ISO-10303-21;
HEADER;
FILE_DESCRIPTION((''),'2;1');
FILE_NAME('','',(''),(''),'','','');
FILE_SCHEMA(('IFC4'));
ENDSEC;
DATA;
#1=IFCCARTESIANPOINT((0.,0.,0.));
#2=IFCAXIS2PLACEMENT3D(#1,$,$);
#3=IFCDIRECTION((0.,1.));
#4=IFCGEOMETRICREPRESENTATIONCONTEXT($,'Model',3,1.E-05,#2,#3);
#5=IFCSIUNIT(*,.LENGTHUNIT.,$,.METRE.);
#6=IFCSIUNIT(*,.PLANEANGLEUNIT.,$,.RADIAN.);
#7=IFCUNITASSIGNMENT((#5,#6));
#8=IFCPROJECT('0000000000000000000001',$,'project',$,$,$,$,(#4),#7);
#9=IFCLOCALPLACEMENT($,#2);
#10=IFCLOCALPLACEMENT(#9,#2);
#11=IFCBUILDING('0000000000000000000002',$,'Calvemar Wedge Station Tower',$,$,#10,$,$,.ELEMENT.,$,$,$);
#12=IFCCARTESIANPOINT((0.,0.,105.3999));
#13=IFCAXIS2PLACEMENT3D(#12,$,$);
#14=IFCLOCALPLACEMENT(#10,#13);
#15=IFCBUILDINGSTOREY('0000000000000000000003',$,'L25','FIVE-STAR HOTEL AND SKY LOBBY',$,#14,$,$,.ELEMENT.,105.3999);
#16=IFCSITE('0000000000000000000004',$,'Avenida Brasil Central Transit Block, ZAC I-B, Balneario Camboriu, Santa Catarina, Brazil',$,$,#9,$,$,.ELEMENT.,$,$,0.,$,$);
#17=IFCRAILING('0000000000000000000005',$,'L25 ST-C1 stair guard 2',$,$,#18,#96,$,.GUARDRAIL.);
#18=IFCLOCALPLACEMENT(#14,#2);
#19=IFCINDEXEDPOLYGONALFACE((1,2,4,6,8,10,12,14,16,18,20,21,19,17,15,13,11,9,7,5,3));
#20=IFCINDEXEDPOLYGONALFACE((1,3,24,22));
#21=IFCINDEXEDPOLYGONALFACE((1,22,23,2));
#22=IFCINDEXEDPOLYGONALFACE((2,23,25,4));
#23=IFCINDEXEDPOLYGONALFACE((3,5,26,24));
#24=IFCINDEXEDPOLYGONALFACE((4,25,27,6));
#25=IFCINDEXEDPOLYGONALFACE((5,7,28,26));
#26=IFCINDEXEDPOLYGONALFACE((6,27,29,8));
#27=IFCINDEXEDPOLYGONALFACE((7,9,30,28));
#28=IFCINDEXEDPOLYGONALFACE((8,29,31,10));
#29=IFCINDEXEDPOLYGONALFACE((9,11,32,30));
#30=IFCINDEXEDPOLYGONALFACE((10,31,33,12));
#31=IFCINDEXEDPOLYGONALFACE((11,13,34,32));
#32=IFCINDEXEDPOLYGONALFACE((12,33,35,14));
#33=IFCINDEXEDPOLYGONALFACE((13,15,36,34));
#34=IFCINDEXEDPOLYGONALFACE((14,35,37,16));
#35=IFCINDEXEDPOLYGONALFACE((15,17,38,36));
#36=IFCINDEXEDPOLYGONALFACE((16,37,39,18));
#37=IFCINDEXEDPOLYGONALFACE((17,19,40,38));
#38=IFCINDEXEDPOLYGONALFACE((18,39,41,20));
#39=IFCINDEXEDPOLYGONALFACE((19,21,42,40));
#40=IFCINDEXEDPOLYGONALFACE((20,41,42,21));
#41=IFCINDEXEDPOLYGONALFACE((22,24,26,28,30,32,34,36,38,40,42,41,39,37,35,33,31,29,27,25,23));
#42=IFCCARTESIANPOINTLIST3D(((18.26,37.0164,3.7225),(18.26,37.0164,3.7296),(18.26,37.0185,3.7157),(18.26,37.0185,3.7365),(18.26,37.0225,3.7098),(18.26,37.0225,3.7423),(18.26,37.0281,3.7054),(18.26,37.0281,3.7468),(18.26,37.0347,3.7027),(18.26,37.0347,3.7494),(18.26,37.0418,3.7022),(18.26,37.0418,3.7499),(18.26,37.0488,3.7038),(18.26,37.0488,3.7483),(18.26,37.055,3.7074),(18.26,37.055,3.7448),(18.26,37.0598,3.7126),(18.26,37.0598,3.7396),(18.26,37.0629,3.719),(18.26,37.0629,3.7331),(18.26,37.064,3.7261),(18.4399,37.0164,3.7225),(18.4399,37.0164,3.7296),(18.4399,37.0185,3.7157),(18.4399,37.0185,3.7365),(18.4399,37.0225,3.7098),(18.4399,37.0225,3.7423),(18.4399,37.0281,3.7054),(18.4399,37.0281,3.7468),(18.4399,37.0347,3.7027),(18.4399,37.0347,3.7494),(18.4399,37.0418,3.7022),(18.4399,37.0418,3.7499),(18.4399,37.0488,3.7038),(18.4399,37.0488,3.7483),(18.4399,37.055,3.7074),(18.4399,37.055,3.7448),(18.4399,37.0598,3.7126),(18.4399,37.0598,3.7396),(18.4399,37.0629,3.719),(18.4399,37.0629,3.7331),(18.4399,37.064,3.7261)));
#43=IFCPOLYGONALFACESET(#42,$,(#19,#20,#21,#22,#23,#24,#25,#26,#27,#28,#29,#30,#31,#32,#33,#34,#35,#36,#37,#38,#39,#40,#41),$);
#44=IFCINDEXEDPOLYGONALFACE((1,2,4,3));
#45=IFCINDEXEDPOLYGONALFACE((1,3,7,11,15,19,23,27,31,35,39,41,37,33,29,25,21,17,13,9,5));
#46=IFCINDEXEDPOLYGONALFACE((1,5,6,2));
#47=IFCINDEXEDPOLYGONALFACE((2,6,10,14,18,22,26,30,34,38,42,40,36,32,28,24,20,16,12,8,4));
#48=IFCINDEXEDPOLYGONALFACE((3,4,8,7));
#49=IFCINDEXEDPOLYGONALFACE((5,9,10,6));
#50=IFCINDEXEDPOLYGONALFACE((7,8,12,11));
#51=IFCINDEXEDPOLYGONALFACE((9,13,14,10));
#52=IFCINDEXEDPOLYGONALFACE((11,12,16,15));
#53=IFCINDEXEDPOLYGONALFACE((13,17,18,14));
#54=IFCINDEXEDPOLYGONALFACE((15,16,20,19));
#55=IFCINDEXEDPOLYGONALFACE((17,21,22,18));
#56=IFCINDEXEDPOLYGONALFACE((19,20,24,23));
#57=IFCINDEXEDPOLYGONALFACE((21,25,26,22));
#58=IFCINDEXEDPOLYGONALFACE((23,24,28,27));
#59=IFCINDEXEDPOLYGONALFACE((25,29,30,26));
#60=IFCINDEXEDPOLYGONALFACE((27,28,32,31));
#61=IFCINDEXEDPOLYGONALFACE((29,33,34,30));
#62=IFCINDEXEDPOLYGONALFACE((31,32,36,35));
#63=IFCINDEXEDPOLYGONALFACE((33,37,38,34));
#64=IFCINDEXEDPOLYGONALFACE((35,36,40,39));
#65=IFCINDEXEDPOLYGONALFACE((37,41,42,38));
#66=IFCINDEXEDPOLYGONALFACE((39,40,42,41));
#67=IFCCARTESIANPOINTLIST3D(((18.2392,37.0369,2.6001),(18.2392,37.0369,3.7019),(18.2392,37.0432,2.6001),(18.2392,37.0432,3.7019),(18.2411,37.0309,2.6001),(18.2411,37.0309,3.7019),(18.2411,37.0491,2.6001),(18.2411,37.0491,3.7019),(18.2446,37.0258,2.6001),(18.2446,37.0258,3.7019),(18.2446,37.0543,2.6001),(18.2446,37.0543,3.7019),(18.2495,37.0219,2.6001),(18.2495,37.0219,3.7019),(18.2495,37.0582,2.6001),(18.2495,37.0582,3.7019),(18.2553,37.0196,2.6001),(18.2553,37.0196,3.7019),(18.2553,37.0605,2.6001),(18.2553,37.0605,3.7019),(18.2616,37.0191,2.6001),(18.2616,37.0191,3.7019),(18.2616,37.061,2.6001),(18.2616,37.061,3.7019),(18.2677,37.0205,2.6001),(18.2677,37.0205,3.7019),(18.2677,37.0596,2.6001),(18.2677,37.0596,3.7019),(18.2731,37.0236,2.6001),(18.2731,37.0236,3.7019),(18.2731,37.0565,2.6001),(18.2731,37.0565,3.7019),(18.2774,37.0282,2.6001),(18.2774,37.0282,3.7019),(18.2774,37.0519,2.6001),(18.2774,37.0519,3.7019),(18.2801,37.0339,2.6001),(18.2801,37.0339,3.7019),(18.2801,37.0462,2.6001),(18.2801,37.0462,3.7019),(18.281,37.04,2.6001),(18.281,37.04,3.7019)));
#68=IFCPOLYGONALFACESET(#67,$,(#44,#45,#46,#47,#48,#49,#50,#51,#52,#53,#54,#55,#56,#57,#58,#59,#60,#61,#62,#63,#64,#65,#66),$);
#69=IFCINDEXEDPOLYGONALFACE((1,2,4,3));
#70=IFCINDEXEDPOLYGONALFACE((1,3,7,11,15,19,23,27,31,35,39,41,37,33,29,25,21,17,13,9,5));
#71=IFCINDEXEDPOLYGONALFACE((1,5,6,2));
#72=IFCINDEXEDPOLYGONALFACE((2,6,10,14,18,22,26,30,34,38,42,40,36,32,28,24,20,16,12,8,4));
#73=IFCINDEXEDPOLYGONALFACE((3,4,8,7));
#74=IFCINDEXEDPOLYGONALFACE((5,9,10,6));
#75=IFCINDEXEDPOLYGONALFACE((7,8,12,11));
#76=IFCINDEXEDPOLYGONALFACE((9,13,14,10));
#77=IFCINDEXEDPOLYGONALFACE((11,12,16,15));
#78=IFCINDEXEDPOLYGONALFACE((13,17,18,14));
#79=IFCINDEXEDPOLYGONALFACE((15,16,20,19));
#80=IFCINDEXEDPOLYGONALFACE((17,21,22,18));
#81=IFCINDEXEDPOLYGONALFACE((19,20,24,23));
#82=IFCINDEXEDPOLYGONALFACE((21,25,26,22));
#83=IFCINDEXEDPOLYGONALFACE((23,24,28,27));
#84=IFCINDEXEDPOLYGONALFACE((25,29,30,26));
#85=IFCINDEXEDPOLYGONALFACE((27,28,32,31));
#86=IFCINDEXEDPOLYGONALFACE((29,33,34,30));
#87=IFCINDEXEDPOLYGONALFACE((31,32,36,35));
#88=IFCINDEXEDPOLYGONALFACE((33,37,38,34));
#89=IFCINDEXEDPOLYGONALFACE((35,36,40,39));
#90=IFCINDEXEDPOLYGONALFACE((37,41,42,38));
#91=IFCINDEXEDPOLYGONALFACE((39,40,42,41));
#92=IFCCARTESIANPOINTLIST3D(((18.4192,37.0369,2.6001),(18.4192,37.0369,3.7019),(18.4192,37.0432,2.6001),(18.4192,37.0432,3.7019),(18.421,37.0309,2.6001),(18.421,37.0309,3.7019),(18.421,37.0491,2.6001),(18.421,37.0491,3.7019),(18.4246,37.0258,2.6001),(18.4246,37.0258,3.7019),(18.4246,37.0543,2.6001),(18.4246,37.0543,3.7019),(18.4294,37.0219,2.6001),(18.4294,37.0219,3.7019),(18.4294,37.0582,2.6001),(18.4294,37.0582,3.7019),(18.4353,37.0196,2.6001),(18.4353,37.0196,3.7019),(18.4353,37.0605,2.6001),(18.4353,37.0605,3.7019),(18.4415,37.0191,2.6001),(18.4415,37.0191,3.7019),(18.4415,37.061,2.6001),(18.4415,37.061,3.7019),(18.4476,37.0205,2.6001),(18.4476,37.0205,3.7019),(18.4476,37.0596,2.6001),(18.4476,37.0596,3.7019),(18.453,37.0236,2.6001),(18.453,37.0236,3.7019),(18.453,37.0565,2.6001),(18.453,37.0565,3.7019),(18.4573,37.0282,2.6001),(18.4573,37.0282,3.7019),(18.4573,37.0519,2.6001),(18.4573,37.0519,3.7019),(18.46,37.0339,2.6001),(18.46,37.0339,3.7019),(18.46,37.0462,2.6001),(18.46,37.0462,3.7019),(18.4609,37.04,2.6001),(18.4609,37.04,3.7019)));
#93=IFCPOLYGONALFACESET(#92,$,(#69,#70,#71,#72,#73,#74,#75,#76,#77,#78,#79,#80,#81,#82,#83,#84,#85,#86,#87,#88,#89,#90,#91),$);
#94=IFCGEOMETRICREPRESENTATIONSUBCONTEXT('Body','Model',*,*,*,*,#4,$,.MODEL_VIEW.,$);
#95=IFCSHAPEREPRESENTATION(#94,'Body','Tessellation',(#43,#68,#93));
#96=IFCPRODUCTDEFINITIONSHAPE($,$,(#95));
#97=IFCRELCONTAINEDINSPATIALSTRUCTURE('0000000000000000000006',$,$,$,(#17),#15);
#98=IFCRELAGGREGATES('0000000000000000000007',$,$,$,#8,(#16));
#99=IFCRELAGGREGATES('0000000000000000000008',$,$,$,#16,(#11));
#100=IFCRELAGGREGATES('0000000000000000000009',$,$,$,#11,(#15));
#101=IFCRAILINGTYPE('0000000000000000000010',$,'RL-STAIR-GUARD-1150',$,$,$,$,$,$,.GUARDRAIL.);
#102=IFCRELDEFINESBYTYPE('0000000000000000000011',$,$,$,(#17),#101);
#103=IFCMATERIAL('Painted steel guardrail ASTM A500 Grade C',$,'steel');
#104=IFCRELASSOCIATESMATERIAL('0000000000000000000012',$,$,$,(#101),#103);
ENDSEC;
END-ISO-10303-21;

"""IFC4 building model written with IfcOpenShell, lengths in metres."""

from ifc_helpers import new_model, si_unit, direction, frame, origin, origin_2d, place, context, subcontext, project, spatial, circle, extrude, material, type_object, element, save


model = new_model("IFC4")

# Units and contexts
model_context = context("Model", 3, precision=1e-05, world=origin(), true_north=direction((0.0, 1.0)))
body_context = subcontext(model_context, "Body", "Model", "MODEL_VIEW")
ifc_project = project(units=[si_unit("LENGTHUNIT", "METRE"), si_unit("PLANEANGLEUNIT", "RADIAN")], contexts=[model_context])

# Site, building, storey
site_placement = place(None, origin())
site = spatial("IfcSite", under=ifc_project, at=site_placement, Name="Avenida Brasil Central Transit Block, ZAC I-B, Balneario Camboriu, Santa Catarina, Brazil", CompositionType="ELEMENT", RefElevation=0.0)
building_placement = place(site_placement, origin())
building = spatial("IfcBuilding", under=site, at=building_placement, Name="Calvemar Wedge Station Tower", CompositionType="ELEMENT")
storey_placement = place(building_placement, frame((0.0, 0.0, 105.3999)))
storey = spatial("IfcBuildingStorey", under=building, at=storey_placement, Name="L25", Description="FIVE-STAR HOTEL AND SKY LOBBY", CompositionType="ELEMENT", Elevation=105.3999)

# Railing
ifc_material_1 = material(Name="Painted steel guardrail ASTM A500 Grade C", Category="steel")
railing_type_1 = type_object("IfcRailingType", Name="RL-STAIR-GUARD-1150", PredefinedType="GUARDRAIL", material=ifc_material_1)
railing_1_placement = place(storey_placement, frame((18.26, 37.04, 2.6001)))
element("IfcRailing", 1, at=railing_1_placement, inside=storey, type_object=railing_type_1, Name="L25 ST-C1 stair guard 2", PredefinedType="GUARDRAIL", context=body_context, shape_type="SweptSolid", body=[
    extrude(circle(Radius=0.0239, at=origin_2d()), frame((0.0, 0.0, 1.126), z_axis=(1.0, 0.0, 0.0), x_axis=(0.0, 1.0, 0.0)), (0.0, 0.0, 1.0), 0.1799),
    extrude(circle(Radius=0.021, at=origin_2d()), origin(), (0.0, 0.0, 1.0), 1.1018),
    extrude(circle(Radius=0.021, at=origin_2d()), frame((0.1799, 0.0, 0.0)), (0.0, 0.0, 1.0), 1.1018),
])

save(model, "model.ifc")
